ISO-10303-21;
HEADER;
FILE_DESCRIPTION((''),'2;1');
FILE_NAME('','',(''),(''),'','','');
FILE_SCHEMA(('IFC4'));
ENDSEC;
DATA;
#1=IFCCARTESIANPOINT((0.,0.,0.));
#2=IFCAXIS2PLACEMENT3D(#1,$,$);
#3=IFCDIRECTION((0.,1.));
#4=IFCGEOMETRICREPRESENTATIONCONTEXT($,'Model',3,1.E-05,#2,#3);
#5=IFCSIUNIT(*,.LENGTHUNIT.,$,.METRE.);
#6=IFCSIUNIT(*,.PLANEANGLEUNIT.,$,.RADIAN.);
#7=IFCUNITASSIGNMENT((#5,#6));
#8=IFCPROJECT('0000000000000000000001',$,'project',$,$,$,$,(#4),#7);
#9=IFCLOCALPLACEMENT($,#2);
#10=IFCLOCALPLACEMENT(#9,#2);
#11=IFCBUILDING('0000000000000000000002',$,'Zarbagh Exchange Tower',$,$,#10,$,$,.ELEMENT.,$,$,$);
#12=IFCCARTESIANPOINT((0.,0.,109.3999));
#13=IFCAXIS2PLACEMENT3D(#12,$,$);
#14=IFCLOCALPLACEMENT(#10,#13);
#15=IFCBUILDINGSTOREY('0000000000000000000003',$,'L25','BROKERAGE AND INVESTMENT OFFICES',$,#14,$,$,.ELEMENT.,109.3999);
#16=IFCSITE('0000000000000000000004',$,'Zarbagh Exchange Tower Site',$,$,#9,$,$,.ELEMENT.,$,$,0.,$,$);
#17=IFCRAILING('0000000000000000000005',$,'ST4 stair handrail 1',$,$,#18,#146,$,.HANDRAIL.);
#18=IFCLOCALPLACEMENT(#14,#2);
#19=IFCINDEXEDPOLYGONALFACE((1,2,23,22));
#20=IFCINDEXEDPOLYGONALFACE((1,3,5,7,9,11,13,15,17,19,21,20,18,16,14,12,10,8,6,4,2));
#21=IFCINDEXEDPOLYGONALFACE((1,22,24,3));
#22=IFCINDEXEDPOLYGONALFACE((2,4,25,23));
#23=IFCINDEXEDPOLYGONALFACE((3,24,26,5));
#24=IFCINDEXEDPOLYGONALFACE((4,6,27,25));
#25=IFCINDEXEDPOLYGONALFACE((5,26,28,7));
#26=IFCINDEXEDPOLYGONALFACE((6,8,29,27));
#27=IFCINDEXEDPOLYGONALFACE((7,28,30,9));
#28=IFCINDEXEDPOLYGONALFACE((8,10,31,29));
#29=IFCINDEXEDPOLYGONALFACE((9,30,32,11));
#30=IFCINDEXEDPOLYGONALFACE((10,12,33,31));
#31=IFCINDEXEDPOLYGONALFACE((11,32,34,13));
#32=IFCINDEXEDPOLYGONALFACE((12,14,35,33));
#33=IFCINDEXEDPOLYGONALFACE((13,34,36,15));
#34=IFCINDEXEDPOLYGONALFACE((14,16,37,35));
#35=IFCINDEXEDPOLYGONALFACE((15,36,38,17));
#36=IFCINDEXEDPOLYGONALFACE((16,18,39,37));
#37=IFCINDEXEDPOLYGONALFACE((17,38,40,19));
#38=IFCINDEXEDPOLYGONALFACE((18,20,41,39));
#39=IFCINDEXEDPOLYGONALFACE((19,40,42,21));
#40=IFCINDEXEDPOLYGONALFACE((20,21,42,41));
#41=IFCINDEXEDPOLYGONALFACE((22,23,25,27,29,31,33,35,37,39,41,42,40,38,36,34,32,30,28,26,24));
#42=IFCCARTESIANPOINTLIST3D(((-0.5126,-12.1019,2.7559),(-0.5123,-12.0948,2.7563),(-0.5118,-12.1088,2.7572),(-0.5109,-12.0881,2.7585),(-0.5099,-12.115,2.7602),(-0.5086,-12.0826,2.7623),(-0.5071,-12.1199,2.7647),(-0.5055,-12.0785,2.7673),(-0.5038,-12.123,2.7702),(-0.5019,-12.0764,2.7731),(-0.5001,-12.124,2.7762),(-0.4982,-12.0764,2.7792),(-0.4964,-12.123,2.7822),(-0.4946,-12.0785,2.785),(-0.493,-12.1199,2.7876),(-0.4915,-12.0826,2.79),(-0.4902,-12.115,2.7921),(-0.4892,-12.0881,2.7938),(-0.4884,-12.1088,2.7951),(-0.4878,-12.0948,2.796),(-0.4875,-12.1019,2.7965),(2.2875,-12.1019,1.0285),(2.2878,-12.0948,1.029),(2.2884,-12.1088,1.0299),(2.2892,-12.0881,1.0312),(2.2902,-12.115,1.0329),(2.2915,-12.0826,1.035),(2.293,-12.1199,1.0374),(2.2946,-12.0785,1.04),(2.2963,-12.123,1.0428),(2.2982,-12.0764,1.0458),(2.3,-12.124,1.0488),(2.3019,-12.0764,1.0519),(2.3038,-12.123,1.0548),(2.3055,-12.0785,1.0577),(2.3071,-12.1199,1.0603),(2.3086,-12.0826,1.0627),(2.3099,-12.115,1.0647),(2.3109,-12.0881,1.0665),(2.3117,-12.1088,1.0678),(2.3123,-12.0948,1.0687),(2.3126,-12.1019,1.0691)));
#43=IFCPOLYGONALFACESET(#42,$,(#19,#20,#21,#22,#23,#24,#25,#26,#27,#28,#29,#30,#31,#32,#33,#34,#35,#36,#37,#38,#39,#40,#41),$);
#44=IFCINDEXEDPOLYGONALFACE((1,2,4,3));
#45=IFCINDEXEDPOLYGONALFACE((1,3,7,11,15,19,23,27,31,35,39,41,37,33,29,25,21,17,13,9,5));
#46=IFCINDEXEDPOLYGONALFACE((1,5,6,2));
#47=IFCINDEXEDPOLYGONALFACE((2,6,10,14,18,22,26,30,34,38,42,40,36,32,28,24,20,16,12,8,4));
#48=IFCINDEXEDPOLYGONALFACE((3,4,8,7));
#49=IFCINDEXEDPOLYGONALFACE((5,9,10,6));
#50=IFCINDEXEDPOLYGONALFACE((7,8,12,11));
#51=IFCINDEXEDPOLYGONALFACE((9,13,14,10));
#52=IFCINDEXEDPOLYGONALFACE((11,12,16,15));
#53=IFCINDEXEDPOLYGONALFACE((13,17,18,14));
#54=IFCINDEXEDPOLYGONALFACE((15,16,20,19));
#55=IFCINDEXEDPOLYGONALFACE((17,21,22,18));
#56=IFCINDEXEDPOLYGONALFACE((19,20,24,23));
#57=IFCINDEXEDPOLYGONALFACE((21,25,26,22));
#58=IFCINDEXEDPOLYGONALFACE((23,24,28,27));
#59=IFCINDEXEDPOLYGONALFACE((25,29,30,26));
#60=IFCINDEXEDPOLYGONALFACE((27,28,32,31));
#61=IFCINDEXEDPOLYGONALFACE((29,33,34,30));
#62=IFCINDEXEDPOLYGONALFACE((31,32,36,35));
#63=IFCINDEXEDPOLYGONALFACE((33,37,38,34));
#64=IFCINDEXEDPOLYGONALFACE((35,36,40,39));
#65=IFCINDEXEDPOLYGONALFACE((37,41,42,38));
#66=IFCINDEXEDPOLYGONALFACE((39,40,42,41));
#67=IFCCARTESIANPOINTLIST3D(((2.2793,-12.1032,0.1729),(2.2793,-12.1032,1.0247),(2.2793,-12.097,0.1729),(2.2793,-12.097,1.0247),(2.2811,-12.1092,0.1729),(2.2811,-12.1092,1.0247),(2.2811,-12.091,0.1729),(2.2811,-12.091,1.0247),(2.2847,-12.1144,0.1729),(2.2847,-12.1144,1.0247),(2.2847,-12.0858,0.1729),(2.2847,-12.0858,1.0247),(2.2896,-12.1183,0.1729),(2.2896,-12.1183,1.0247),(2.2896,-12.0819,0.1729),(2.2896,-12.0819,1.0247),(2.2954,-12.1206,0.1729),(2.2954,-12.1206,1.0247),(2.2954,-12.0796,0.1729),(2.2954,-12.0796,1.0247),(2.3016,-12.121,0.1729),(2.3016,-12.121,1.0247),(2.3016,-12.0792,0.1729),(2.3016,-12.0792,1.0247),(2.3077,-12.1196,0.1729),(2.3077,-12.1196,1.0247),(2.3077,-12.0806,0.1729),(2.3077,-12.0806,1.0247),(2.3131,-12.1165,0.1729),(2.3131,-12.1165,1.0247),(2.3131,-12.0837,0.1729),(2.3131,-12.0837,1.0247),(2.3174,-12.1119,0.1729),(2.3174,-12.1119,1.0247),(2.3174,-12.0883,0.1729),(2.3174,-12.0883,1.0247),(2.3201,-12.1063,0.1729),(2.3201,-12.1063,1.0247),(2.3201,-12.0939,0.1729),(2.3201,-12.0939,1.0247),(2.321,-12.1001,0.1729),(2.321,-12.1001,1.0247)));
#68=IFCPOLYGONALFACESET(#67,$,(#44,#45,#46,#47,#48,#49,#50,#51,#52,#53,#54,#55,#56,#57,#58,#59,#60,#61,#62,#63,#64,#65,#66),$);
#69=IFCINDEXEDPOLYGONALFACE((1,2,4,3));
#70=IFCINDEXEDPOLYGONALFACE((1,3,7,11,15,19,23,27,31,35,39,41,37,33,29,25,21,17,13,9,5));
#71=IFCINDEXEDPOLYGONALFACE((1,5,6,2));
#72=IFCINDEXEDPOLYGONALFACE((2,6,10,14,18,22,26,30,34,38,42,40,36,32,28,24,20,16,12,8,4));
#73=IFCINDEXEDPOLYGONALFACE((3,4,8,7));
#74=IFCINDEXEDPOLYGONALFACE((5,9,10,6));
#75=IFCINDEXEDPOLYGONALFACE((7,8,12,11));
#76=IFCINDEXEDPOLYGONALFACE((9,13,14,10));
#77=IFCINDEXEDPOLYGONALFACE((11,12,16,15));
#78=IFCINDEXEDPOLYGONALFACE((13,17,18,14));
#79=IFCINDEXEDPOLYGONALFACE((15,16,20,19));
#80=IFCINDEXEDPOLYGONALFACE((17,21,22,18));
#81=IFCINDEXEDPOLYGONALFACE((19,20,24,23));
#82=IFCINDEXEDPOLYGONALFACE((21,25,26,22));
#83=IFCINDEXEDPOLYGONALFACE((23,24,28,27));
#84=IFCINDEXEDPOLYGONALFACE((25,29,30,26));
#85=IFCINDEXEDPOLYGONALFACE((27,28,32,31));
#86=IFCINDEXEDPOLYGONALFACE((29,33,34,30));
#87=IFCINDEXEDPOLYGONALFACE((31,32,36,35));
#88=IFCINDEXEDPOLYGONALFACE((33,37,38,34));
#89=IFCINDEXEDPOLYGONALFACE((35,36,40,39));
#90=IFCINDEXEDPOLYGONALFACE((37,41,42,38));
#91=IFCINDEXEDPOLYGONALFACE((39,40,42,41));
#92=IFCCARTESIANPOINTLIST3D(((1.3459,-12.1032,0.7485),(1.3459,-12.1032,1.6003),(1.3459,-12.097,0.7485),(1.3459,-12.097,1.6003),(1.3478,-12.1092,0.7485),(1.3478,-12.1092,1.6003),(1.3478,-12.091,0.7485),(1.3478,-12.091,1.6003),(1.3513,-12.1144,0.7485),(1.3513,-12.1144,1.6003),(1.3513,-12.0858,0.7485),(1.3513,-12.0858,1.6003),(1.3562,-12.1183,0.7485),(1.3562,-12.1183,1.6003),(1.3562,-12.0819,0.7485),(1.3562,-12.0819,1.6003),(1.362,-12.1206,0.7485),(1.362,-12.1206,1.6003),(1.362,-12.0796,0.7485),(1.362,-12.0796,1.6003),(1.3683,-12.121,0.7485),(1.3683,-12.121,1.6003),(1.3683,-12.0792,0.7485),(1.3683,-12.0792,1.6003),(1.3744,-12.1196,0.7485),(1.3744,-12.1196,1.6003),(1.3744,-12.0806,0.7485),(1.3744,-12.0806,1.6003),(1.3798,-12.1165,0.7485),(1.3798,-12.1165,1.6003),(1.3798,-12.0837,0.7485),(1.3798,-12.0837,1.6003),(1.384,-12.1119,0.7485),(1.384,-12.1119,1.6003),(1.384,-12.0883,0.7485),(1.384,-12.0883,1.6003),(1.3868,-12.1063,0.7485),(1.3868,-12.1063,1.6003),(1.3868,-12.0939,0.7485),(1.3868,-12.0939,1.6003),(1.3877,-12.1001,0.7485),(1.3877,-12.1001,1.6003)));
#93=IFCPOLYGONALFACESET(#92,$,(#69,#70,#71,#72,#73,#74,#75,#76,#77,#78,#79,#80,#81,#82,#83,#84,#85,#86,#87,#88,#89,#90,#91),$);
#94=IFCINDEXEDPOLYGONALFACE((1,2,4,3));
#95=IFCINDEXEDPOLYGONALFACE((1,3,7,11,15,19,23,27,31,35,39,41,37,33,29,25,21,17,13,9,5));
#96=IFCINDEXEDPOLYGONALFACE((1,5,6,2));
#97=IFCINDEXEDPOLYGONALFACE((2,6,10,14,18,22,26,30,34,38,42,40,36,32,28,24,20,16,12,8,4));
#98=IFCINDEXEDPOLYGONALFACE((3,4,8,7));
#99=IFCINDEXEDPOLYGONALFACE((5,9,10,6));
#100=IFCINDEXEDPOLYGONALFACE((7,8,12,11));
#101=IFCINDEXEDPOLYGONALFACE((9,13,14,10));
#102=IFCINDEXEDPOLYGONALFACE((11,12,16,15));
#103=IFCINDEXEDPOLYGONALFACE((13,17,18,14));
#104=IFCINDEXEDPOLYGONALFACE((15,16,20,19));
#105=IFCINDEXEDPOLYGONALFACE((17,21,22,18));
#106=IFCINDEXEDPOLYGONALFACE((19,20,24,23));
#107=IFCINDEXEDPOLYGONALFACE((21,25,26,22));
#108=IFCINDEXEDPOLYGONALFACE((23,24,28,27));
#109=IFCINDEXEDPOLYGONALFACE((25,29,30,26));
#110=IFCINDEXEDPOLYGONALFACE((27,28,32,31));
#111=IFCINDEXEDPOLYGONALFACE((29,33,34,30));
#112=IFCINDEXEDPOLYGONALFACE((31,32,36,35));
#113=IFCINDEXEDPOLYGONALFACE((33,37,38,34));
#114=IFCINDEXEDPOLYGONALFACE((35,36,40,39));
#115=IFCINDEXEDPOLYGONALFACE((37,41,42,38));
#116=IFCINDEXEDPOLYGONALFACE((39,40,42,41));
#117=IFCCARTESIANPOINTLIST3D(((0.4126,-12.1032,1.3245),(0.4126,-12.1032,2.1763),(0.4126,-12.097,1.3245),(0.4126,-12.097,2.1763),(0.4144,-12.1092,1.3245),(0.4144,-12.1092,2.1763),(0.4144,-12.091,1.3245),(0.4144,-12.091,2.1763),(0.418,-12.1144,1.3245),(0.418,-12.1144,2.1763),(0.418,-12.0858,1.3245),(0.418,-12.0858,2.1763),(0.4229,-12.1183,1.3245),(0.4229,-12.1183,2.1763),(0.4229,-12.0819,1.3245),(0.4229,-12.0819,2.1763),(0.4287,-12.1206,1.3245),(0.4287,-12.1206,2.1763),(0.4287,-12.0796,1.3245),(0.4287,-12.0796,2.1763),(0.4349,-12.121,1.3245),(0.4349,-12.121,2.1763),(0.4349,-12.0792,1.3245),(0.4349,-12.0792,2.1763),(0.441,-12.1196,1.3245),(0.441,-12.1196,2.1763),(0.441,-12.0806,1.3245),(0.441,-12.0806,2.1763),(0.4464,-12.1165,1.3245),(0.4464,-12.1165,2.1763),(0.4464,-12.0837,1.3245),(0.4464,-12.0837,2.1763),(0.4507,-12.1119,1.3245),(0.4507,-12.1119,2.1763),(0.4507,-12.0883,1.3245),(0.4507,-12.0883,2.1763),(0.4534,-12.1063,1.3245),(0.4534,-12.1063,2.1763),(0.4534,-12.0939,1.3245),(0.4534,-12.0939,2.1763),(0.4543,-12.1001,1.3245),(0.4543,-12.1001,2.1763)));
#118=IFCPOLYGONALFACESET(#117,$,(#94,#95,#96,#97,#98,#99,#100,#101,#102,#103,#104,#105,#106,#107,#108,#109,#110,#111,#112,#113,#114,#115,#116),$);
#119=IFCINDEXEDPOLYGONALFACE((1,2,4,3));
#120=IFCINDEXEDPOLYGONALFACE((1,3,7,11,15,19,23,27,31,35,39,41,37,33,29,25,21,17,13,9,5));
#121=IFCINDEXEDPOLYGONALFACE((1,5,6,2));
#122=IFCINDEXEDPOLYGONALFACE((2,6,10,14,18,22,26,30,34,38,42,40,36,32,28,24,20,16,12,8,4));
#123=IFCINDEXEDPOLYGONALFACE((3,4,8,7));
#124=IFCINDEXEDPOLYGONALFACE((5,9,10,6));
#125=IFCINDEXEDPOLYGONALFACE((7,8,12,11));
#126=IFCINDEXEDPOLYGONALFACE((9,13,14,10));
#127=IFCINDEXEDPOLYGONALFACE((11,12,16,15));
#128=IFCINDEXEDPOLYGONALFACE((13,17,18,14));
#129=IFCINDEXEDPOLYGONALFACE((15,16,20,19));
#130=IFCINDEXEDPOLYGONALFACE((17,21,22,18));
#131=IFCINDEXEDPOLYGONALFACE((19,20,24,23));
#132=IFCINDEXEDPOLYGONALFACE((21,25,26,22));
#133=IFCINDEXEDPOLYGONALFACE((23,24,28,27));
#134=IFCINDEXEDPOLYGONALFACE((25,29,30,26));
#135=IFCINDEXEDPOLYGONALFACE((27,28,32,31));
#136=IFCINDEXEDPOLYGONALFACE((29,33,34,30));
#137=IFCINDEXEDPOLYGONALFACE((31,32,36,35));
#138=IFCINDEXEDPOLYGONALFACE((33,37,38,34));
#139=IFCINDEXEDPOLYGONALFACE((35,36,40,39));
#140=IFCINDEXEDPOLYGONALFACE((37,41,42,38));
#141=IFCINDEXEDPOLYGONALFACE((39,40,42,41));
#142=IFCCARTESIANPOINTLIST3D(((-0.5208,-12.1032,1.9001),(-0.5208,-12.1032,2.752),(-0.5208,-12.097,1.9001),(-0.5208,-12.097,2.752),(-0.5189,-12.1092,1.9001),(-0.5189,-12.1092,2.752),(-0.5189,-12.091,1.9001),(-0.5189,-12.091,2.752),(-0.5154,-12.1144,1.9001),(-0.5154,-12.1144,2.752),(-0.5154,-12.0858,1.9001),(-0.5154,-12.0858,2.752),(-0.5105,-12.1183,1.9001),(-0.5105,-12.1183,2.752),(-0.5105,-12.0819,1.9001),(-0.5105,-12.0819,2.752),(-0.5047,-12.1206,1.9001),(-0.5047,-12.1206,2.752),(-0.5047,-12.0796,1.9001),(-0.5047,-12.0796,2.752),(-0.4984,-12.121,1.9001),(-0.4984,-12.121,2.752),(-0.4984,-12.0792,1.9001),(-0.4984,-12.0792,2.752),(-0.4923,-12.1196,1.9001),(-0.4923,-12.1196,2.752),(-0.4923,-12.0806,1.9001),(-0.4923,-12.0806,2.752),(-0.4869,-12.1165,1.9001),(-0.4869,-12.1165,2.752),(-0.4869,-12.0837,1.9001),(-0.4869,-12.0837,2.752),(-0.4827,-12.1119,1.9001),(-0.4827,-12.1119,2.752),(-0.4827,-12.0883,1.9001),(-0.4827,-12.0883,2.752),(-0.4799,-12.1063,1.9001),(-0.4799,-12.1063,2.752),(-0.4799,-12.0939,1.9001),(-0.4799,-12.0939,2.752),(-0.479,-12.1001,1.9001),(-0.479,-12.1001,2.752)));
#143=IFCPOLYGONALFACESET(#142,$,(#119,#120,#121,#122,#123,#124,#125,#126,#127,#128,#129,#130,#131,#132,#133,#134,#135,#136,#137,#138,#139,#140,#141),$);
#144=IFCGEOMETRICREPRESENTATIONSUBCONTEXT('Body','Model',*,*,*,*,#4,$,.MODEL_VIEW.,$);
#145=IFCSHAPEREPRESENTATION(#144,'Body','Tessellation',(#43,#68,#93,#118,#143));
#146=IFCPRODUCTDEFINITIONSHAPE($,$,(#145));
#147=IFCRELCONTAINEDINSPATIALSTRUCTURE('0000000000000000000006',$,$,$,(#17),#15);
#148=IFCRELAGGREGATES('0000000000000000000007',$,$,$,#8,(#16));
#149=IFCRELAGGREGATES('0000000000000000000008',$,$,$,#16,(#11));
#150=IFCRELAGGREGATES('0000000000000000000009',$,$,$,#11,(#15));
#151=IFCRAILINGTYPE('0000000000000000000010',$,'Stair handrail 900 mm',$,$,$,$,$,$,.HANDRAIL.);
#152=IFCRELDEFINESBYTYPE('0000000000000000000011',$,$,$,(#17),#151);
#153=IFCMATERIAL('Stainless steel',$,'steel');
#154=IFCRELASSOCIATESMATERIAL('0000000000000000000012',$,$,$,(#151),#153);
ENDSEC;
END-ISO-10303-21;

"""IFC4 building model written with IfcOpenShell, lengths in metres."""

from ifc_helpers import new_model, si_unit, direction, frame, origin, origin_2d, place, context, subcontext, project, spatial, circle, extrude, material, type_object, element, save


model = new_model("IFC4")

# Units and contexts
model_context = context("Model", 3, precision=1e-05, world=origin(), true_north=direction((0.0, 1.0)))
body_context = subcontext(model_context, "Body", "Model", "MODEL_VIEW")
ifc_project = project(units=[si_unit("LENGTHUNIT", "METRE"), si_unit("PLANEANGLEUNIT", "RADIAN")], contexts=[model_context])

# Site, building, storey
site_placement = place(None, origin())
site = spatial("IfcSite", under=ifc_project, at=site_placement, Name="Zarbagh Exchange Tower Site", CompositionType="ELEMENT", RefElevation=0.0)
building_placement = place(site_placement, origin())
building = spatial("IfcBuilding", under=site, at=building_placement, Name="Zarbagh Exchange Tower", CompositionType="ELEMENT")
storey_placement = place(building_placement, frame((0.0, 0.0, 109.3999)))
storey = spatial("IfcBuildingStorey", under=building, at=storey_placement, Name="L25", Description="BROKERAGE AND INVESTMENT OFFICES", CompositionType="ELEMENT", Elevation=109.3999)

# Railing
ifc_material_1 = material(Name="Stainless steel", Category="steel")
railing_type_1 = type_object("IfcRailingType", Name="Stair handrail 900 mm", PredefinedType="HANDRAIL", material=ifc_material_1)
for number, where, name in (
    (1, (2.3, -12.1001, 0.1729), "ST4 stair handrail 1"),
):
    element("IfcRailing", number, at=place(storey_placement, frame(where)), inside=storey, type_object=railing_type_1, Name=name, PredefinedType="HANDRAIL", context=body_context, shape_type="SweptSolid", body=[
        extrude(circle(Radius=0.0239, at=origin_2d()), frame((0.0, 0.0, 0.876), z_axis=(-0.85109, 0.0, 0.52502), x_axis=(0.0, -1.0, 0.0)), (0.0, 0.0, 1.0), 3.29),
        extrude(circle(Radius=0.021, at=origin_2d()), origin(), (0.0, 0.0, 1.0), 0.8518),
        extrude(circle(Radius=0.021, at=origin_2d()), frame((-0.9333, 0.0, 0.5757)), (0.0, 0.0, 1.0), 0.8518),
        extrude(circle(Radius=0.021, at=origin_2d()), frame((-1.8667, 0.0, 1.1516)), (0.0, 0.0, 1.0), 0.8518),
        extrude(circle(Radius=0.021, at=origin_2d()), frame((-2.8, 0.0, 1.7273)), (0.0, 0.0, 1.0), 0.8518),
    ])

save(model, "model.ifc")
